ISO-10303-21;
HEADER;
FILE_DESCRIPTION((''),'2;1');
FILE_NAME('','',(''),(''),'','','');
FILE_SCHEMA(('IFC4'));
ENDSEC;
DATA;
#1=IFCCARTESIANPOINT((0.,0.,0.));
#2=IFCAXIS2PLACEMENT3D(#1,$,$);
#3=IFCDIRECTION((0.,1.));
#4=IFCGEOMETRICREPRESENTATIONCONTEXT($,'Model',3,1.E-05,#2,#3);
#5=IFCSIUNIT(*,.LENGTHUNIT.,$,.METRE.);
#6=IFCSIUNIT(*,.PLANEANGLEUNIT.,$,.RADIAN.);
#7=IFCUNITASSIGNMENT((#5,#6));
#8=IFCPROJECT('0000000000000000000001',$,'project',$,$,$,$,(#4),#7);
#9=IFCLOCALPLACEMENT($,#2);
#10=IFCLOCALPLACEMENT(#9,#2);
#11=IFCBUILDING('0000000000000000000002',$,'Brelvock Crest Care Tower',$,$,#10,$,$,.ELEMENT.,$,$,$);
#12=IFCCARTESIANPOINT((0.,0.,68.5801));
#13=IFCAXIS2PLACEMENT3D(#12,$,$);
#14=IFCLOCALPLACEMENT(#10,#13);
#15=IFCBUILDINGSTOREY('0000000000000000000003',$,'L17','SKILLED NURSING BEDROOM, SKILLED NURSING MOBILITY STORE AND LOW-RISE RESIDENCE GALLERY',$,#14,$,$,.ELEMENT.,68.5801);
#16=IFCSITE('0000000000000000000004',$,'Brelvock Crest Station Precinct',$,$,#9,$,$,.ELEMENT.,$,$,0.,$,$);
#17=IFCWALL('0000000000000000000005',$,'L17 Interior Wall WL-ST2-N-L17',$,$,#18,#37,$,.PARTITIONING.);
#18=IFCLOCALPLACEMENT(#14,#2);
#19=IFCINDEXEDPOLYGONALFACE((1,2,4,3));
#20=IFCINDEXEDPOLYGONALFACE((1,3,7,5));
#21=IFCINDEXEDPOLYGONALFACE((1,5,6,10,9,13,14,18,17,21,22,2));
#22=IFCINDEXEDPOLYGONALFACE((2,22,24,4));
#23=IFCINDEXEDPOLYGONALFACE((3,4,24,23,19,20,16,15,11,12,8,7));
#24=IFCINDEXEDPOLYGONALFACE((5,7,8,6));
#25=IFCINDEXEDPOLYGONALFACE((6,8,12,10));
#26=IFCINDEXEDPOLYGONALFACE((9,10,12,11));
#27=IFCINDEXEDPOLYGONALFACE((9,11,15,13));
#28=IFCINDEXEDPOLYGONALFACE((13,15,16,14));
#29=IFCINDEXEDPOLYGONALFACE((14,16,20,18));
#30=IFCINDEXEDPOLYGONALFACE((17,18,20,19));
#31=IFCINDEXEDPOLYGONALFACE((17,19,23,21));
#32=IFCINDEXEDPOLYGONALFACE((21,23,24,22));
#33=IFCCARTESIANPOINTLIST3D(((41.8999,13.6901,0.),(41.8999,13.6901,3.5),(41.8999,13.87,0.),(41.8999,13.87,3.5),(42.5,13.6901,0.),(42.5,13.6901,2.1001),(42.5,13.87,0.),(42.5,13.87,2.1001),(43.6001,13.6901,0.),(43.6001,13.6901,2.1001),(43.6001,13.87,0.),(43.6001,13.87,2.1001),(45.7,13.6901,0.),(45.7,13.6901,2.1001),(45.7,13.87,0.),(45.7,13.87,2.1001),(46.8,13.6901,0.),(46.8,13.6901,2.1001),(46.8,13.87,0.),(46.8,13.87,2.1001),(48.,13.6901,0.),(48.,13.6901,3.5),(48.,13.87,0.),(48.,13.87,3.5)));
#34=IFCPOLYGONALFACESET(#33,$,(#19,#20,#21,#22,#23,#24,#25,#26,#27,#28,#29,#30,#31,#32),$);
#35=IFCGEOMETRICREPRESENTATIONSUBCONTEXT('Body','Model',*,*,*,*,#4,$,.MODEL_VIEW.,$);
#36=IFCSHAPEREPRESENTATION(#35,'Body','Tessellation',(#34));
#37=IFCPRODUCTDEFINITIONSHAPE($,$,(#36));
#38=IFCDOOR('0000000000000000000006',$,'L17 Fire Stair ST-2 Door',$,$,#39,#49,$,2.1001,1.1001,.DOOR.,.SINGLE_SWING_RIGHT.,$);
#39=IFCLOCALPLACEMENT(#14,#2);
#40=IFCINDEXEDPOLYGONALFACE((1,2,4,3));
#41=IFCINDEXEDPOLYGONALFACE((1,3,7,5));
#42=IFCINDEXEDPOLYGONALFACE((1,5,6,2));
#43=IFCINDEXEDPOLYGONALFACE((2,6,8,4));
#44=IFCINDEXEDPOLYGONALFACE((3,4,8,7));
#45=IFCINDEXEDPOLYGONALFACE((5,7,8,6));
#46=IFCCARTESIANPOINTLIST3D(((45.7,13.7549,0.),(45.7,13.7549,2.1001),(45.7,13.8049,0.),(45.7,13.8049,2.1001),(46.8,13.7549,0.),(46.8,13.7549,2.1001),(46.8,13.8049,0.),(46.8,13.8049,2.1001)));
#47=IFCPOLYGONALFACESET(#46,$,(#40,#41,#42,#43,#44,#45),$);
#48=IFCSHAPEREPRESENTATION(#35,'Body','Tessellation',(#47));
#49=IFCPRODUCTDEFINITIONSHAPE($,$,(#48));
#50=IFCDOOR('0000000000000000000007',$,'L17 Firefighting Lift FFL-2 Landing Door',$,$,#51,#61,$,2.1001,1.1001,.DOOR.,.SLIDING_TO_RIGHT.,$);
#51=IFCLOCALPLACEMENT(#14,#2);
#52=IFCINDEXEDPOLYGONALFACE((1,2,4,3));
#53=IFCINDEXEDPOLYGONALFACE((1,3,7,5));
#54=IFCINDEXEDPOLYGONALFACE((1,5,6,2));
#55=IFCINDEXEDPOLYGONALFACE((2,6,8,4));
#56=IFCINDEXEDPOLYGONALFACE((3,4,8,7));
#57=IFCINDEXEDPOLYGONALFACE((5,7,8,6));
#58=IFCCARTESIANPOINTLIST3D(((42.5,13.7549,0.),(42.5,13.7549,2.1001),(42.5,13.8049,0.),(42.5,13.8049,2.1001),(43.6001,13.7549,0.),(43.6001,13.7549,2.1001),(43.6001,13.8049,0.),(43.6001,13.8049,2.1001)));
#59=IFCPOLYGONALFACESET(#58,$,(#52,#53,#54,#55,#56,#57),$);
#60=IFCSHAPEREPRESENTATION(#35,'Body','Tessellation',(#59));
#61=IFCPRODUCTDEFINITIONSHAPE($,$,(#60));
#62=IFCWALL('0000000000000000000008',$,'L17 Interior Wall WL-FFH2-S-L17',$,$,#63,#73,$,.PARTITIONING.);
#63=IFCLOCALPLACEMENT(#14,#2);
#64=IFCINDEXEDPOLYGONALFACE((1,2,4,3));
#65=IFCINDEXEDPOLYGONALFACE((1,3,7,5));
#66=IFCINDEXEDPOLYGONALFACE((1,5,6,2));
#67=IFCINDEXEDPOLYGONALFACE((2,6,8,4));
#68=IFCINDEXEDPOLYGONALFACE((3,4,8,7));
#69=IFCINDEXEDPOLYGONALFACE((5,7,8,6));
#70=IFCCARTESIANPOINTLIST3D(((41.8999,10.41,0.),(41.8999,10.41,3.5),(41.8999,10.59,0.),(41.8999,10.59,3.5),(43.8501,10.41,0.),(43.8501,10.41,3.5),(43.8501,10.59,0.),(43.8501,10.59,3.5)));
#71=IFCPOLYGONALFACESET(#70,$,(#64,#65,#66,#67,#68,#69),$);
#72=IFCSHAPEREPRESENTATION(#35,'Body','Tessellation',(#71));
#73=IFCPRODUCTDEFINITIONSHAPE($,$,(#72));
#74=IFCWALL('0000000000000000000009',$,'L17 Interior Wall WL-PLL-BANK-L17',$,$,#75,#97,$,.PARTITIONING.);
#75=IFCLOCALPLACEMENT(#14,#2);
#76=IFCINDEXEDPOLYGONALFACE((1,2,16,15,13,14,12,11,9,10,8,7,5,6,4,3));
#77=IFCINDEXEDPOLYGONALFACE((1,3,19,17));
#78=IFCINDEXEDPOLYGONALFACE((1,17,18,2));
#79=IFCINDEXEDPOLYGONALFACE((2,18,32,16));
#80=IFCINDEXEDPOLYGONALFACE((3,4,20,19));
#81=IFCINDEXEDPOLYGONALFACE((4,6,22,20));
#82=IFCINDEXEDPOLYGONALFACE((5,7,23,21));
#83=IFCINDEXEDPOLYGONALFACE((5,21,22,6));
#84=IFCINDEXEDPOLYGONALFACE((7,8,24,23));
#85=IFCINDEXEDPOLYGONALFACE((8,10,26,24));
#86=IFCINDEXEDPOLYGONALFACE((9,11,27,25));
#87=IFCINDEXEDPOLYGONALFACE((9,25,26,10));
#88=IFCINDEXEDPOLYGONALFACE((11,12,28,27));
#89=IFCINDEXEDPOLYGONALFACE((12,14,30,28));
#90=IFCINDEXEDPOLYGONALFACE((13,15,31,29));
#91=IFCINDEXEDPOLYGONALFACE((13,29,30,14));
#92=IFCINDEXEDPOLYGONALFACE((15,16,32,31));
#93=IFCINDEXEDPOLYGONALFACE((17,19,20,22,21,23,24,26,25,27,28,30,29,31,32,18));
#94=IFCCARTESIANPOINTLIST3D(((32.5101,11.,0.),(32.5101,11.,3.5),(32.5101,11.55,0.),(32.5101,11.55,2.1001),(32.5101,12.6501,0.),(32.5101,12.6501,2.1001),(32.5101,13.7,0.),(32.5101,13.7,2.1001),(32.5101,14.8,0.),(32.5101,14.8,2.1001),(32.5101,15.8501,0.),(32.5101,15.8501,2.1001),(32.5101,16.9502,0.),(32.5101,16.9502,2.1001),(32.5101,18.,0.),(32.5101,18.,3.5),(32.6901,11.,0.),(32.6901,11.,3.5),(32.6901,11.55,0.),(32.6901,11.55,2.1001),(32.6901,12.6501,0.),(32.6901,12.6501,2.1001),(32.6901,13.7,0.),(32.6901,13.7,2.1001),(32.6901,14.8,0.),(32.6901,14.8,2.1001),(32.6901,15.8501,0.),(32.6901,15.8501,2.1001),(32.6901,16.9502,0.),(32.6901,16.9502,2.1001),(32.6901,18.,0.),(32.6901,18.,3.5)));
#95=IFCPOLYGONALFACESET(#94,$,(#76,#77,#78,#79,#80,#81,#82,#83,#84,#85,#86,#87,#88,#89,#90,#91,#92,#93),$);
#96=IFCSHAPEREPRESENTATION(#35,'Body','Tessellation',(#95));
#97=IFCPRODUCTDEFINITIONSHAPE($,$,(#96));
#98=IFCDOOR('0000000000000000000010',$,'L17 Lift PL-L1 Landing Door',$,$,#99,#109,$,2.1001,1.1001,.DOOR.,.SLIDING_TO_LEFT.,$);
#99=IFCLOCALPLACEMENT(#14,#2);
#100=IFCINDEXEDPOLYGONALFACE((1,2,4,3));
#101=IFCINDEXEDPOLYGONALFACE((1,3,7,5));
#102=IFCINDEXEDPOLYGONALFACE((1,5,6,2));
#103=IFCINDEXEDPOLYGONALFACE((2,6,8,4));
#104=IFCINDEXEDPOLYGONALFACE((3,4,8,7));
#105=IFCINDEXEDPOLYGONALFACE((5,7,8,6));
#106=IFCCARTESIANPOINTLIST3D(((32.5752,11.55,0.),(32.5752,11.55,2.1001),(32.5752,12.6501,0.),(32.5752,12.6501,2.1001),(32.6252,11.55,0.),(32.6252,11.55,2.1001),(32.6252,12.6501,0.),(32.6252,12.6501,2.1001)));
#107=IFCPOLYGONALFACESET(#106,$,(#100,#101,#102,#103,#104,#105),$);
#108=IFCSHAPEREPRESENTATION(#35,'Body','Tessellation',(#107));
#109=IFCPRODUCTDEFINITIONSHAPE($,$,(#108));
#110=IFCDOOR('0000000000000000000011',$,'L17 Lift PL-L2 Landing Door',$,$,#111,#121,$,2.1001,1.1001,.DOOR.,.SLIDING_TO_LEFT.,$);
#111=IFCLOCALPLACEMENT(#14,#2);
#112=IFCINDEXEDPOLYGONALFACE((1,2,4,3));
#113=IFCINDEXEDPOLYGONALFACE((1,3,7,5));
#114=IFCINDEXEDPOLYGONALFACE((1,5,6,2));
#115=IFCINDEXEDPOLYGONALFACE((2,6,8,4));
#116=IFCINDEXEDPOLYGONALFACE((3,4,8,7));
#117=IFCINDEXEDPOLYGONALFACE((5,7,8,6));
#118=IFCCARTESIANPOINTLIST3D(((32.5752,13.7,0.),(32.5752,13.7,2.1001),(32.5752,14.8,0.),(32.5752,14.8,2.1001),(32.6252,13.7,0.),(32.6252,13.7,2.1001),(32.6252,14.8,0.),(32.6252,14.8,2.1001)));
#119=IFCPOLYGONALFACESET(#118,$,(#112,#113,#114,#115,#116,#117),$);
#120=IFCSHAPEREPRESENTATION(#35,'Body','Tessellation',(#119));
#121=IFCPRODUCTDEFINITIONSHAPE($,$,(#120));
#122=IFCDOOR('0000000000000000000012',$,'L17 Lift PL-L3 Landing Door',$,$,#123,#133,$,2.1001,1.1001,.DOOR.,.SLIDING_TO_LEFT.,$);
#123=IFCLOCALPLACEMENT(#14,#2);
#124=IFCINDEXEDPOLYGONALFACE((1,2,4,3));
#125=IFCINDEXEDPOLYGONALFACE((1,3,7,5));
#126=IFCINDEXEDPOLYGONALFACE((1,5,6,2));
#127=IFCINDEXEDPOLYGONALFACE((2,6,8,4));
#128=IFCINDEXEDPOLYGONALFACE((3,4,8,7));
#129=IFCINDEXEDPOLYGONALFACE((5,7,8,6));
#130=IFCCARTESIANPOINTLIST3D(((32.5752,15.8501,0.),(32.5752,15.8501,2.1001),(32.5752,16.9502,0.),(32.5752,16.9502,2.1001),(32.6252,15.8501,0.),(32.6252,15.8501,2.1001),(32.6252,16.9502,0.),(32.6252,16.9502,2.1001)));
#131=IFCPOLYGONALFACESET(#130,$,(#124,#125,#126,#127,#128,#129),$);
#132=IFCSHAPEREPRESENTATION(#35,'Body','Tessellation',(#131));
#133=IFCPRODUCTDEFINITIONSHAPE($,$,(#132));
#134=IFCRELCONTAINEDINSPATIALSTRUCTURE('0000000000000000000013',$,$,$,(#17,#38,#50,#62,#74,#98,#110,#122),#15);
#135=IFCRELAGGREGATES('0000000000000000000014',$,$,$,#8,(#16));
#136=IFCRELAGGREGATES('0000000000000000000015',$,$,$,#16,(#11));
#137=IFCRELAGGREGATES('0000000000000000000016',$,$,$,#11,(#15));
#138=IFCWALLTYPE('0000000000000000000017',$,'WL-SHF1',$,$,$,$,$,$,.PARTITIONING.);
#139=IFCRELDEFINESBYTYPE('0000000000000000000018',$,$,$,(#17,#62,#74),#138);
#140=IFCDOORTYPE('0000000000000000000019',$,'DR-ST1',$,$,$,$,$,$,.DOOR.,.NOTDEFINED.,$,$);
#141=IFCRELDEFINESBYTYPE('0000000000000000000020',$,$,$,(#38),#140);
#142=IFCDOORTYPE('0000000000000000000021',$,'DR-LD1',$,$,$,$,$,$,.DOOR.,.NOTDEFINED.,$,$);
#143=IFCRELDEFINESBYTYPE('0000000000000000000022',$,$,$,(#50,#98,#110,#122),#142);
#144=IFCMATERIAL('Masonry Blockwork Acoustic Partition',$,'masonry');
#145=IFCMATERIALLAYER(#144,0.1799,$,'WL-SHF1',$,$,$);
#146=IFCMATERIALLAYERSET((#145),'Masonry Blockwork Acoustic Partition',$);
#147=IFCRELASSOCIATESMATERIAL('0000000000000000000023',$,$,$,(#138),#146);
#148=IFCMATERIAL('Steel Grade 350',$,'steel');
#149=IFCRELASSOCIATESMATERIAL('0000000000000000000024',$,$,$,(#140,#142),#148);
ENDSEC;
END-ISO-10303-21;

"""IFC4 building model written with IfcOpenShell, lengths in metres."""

from ifc_helpers import new_model, si_unit, direction, frame, frame_2d, origin, origin_2d, place, context, subcontext, project, spatial, rectangle, extrude, source, transform, mapped, material, layer, layer_set, type_object, element, fill, save


model = new_model("IFC4")

# Units and contexts
model_context = context("Model", 3, precision=1e-05, world=origin(), true_north=direction((0.0, 1.0)))
body_context = subcontext(model_context, "Body", "Model", "MODEL_VIEW")
ifc_project = project(units=[si_unit("LENGTHUNIT", "METRE"), si_unit("PLANEANGLEUNIT", "RADIAN")], contexts=[model_context])

# Site, building, storey
site_placement = place(None, origin())
site = spatial("IfcSite", under=ifc_project, at=site_placement, Name="Brelvock Crest Station Precinct", CompositionType="ELEMENT", RefElevation=0.0)
building_placement = place(site_placement, origin())
building = spatial("IfcBuilding", under=site, at=building_placement, Name="Brelvock Crest Care Tower", CompositionType="ELEMENT")
storey_placement = place(building_placement, frame((0.0, 0.0, 68.5801)))
storey = spatial("IfcBuildingStorey", under=building, at=storey_placement, Name="L17", Description="SKILLED NURSING BEDROOM, SKILLED NURSING MOBILITY STORE AND LOW-RISE RESIDENCE GALLERY", CompositionType="ELEMENT", Elevation=68.5801)

# Shared definitions
ifc_material_1 = material(Name="Steel Grade 350", Category="steel")

# Shared definitions
ifc_material_2 = material(Name="Masonry Blockwork Acoustic Partition", Category="masonry")

# Shared definitions
ifc_layer_1 = layer(ifc_material_2, 0.1799, Name="WL-SHF1")
ifc_layer_set_1 = layer_set([ifc_layer_1], Name="Masonry Blockwork Acoustic Partition")
wall_type_1 = type_object("IfcWallType", Name="WL-SHF1", PredefinedType="PARTITIONING", material=ifc_layer_set_1)

# Wall, openings, doors
wall_1_placement = place(storey_placement, frame((41.8999, 13.78, 0.0), z_axis=(0.0, 0.0, 1.0), x_axis=(1.0, 0.0, 0.0)))
wall_1 = element("IfcWall", 1, at=wall_1_placement, inside=storey, type_object=wall_type_1, Name="L17 Interior Wall WL-ST2-N-L17", PredefinedType="PARTITIONING", context=body_context, shape_type="SweptSolid", body=[
    extrude(rectangle(XDim=6.1001, YDim=0.1799, at=frame_2d((3.05, 0.0))), origin(), (0.0, 0.0, 1.0), 3.5),
])
opening_1_placement = place(wall_1_placement, frame((0.6001, 0.0, 0.0)))
opening_1 = element("IfcOpeningElement", 2, at=opening_1_placement, cuts=wall_1, PredefinedType="OPENING", context=body_context, shape_type="SweptSolid", body=[
    extrude(rectangle(XDim=1.1001, YDim=2.1001, at=origin_2d()), frame((0.55, 0.1001, 1.05), z_axis=(0.0, -1.0, 0.0), x_axis=(1.0, 0.0, 0.0)), (0.0, 0.0, 1.0), 0.2),
])
opening_2_placement = place(wall_1_placement, frame((3.8, 0.0, 0.0)))
opening_2 = element("IfcOpeningElement", 3, at=opening_2_placement, cuts=wall_1, PredefinedType="OPENING", context=body_context, shape_type="SweptSolid", body=[
    extrude(rectangle(XDim=1.1001, YDim=2.1001, at=origin_2d()), frame((0.55, 0.1001, 1.05), z_axis=(0.0, -1.0, 0.0), x_axis=(1.0, 0.0, 0.0)), (0.0, 0.0, 1.0), 0.2),
])
door_type_1 = type_object("IfcDoorType", Name="DR-ST1", OperationType="NOTDEFINED", PredefinedType="DOOR", material=ifc_material_1)
shared_shape_1 = source(origin(), body_context, "Body", "SweptSolid", [
    extrude(rectangle(XDim=1.1001, YDim=2.1001, at=origin_2d()), frame((0.55, 0.0249, 1.05), z_axis=(0.0, -1.0, 0.0), x_axis=(1.0, 0.0, 0.0)), (0.0, 0.0, 1.0), 0.05),
])
door_1_placement = place(opening_2_placement, origin())
door_1 = element("IfcDoor", 4, at=door_1_placement, inside=storey, type_object=door_type_1, Name="L17 Fire Stair ST-2 Door", OperationType="SINGLE_SWING_RIGHT", OverallHeight=2.1001, OverallWidth=1.1001, PredefinedType="DOOR", context=body_context, shape_type="MappedRepresentation", body=[
    mapped(shared_shape_1, transform((0.0, 0.0, 0.0), x_axis=(1.0, 0.0, 0.0), y_axis=(0.0, 1.0, 0.0), z_axis=(0.0, 0.0, 1.0), scale=1.0)),
])
fill(opening_2, door_1)
door_type_2 = type_object("IfcDoorType", Name="DR-LD1", OperationType="NOTDEFINED", PredefinedType="DOOR", material=ifc_material_1)
shared_shape_2 = source(origin(), body_context, "Body", "SweptSolid", [
    extrude(rectangle(XDim=1.1001, YDim=2.1001, at=origin_2d()), frame((0.55, 0.0249, 1.05), z_axis=(0.0, -1.0, 0.0), x_axis=(1.0, 0.0, 0.0)), (0.0, 0.0, 1.0), 0.05),
])
door_2_placement = place(opening_1_placement, origin())
door_2 = element("IfcDoor", 5, at=door_2_placement, inside=storey, type_object=door_type_2, Name="L17 Firefighting Lift FFL-2 Landing Door", OperationType="SLIDING_TO_RIGHT", OverallHeight=2.1001, OverallWidth=1.1001, PredefinedType="DOOR", context=body_context, shape_type="MappedRepresentation", body=[
    mapped(shared_shape_2, transform((0.0, 0.0, 0.0), x_axis=(1.0, 0.0, 0.0), y_axis=(0.0, 1.0, 0.0), z_axis=(0.0, 0.0, 1.0), scale=1.0)),
])
fill(opening_1, door_2)

# Wall
wall_2_placement = place(storey_placement, frame((41.8999, 10.5, 0.0), z_axis=(0.0, 0.0, 1.0), x_axis=(1.0, 0.0, 0.0)))
element("IfcWall", 6, at=wall_2_placement, inside=storey, type_object=wall_type_1, Name="L17 Interior Wall WL-FFH2-S-L17", PredefinedType="PARTITIONING", context=body_context, shape_type="SweptSolid", body=[
    extrude(rectangle(XDim=1.9502, YDim=0.1799, at=frame_2d((0.9751, 0.0))), origin(), (0.0, 0.0, 1.0), 3.5),
])

# Wall, openings, doors
wall_3_placement = place(storey_placement, frame((32.6001, 11.0, 0.0), z_axis=(0.0, 0.0, 1.0), x_axis=(0.0, 1.0, 0.0)))
wall_3 = element("IfcWall", 7, at=wall_3_placement, inside=storey, type_object=wall_type_1, Name="L17 Interior Wall WL-PLL-BANK-L17", PredefinedType="PARTITIONING", context=body_context, shape_type="SweptSolid", body=[
    extrude(rectangle(XDim=7.0, YDim=0.1799, at=frame_2d((3.5, 0.0))), origin(), (0.0, 0.0, 1.0), 3.5),
])
opening_3_placement = place(wall_3_placement, frame((0.55, 0.0, 0.0)))
opening_3 = element("IfcOpeningElement", 8, at=opening_3_placement, cuts=wall_3, PredefinedType="OPENING", context=body_context, shape_type="SweptSolid", body=[
    extrude(rectangle(XDim=1.1001, YDim=2.1001, at=origin_2d()), frame((0.55, 0.1001, 1.05), z_axis=(0.0, -1.0, 0.0), x_axis=(1.0, 0.0, 0.0)), (0.0, 0.0, 1.0), 0.2),
])
opening_4_placement = place(wall_3_placement, frame((2.7, 0.0, 0.0)))
opening_4 = element("IfcOpeningElement", 9, at=opening_4_placement, cuts=wall_3, PredefinedType="OPENING", context=body_context, shape_type="SweptSolid", body=[
    extrude(rectangle(XDim=1.1001, YDim=2.1001, at=origin_2d()), frame((0.55, 0.1001, 1.05), z_axis=(0.0, -1.0, 0.0), x_axis=(1.0, 0.0, 0.0)), (0.0, 0.0, 1.0), 0.2),
])
opening_5_placement = place(wall_3_placement, frame((4.8501, 0.0, 0.0)))
opening_5 = element("IfcOpeningElement", 10, at=opening_5_placement, cuts=wall_3, PredefinedType="OPENING", context=body_context, shape_type="SweptSolid", body=[
    extrude(rectangle(XDim=1.1001, YDim=2.1001, at=origin_2d()), frame((0.55, 0.1001, 1.05), z_axis=(0.0, -1.0, 0.0), x_axis=(1.0, 0.0, 0.0)), (0.0, 0.0, 1.0), 0.2),
])
door_3_placement = place(opening_3_placement, origin())
door_3 = element("IfcDoor", 11, at=door_3_placement, inside=storey, type_object=door_type_2, Name="L17 Lift PL-L1 Landing Door", OperationType="SLIDING_TO_LEFT", OverallHeight=2.1001, OverallWidth=1.1001, PredefinedType="DOOR", context=body_context, shape_type="MappedRepresentation", body=[
    mapped(shared_shape_2, transform((0.0, 0.0, 0.0), x_axis=(1.0, 0.0, 0.0), y_axis=(0.0, 1.0, 0.0), z_axis=(0.0, 0.0, 1.0), scale=1.0)),
])
fill(opening_3, door_3)
door_4_placement = place(opening_4_placement, origin())
door_4 = element("IfcDoor", 12, at=door_4_placement, inside=storey, type_object=door_type_2, Name="L17 Lift PL-L2 Landing Door", OperationType="SLIDING_TO_LEFT", OverallHeight=2.1001, OverallWidth=1.1001, PredefinedType="DOOR", context=body_context, shape_type="MappedRepresentation", body=[
    mapped(shared_shape_2, transform((0.0, 0.0, 0.0), x_axis=(1.0, 0.0, 0.0), y_axis=(0.0, 1.0, 0.0), z_axis=(0.0, 0.0, 1.0), scale=1.0)),
])
fill(opening_4, door_4)
door_5_placement = place(opening_5_placement, origin())
door_5 = element("IfcDoor", 13, at=door_5_placement, inside=storey, type_object=door_type_2, Name="L17 Lift PL-L3 Landing Door", OperationType="SLIDING_TO_LEFT", OverallHeight=2.1001, OverallWidth=1.1001, PredefinedType="DOOR", context=body_context, shape_type="MappedRepresentation", body=[
    mapped(shared_shape_2, transform((0.0, 0.0, 0.0), x_axis=(1.0, 0.0, 0.0), y_axis=(0.0, 1.0, 0.0), z_axis=(0.0, 0.0, 1.0), scale=1.0)),
])
fill(opening_5, door_5)

save(model, "model.ifc")
